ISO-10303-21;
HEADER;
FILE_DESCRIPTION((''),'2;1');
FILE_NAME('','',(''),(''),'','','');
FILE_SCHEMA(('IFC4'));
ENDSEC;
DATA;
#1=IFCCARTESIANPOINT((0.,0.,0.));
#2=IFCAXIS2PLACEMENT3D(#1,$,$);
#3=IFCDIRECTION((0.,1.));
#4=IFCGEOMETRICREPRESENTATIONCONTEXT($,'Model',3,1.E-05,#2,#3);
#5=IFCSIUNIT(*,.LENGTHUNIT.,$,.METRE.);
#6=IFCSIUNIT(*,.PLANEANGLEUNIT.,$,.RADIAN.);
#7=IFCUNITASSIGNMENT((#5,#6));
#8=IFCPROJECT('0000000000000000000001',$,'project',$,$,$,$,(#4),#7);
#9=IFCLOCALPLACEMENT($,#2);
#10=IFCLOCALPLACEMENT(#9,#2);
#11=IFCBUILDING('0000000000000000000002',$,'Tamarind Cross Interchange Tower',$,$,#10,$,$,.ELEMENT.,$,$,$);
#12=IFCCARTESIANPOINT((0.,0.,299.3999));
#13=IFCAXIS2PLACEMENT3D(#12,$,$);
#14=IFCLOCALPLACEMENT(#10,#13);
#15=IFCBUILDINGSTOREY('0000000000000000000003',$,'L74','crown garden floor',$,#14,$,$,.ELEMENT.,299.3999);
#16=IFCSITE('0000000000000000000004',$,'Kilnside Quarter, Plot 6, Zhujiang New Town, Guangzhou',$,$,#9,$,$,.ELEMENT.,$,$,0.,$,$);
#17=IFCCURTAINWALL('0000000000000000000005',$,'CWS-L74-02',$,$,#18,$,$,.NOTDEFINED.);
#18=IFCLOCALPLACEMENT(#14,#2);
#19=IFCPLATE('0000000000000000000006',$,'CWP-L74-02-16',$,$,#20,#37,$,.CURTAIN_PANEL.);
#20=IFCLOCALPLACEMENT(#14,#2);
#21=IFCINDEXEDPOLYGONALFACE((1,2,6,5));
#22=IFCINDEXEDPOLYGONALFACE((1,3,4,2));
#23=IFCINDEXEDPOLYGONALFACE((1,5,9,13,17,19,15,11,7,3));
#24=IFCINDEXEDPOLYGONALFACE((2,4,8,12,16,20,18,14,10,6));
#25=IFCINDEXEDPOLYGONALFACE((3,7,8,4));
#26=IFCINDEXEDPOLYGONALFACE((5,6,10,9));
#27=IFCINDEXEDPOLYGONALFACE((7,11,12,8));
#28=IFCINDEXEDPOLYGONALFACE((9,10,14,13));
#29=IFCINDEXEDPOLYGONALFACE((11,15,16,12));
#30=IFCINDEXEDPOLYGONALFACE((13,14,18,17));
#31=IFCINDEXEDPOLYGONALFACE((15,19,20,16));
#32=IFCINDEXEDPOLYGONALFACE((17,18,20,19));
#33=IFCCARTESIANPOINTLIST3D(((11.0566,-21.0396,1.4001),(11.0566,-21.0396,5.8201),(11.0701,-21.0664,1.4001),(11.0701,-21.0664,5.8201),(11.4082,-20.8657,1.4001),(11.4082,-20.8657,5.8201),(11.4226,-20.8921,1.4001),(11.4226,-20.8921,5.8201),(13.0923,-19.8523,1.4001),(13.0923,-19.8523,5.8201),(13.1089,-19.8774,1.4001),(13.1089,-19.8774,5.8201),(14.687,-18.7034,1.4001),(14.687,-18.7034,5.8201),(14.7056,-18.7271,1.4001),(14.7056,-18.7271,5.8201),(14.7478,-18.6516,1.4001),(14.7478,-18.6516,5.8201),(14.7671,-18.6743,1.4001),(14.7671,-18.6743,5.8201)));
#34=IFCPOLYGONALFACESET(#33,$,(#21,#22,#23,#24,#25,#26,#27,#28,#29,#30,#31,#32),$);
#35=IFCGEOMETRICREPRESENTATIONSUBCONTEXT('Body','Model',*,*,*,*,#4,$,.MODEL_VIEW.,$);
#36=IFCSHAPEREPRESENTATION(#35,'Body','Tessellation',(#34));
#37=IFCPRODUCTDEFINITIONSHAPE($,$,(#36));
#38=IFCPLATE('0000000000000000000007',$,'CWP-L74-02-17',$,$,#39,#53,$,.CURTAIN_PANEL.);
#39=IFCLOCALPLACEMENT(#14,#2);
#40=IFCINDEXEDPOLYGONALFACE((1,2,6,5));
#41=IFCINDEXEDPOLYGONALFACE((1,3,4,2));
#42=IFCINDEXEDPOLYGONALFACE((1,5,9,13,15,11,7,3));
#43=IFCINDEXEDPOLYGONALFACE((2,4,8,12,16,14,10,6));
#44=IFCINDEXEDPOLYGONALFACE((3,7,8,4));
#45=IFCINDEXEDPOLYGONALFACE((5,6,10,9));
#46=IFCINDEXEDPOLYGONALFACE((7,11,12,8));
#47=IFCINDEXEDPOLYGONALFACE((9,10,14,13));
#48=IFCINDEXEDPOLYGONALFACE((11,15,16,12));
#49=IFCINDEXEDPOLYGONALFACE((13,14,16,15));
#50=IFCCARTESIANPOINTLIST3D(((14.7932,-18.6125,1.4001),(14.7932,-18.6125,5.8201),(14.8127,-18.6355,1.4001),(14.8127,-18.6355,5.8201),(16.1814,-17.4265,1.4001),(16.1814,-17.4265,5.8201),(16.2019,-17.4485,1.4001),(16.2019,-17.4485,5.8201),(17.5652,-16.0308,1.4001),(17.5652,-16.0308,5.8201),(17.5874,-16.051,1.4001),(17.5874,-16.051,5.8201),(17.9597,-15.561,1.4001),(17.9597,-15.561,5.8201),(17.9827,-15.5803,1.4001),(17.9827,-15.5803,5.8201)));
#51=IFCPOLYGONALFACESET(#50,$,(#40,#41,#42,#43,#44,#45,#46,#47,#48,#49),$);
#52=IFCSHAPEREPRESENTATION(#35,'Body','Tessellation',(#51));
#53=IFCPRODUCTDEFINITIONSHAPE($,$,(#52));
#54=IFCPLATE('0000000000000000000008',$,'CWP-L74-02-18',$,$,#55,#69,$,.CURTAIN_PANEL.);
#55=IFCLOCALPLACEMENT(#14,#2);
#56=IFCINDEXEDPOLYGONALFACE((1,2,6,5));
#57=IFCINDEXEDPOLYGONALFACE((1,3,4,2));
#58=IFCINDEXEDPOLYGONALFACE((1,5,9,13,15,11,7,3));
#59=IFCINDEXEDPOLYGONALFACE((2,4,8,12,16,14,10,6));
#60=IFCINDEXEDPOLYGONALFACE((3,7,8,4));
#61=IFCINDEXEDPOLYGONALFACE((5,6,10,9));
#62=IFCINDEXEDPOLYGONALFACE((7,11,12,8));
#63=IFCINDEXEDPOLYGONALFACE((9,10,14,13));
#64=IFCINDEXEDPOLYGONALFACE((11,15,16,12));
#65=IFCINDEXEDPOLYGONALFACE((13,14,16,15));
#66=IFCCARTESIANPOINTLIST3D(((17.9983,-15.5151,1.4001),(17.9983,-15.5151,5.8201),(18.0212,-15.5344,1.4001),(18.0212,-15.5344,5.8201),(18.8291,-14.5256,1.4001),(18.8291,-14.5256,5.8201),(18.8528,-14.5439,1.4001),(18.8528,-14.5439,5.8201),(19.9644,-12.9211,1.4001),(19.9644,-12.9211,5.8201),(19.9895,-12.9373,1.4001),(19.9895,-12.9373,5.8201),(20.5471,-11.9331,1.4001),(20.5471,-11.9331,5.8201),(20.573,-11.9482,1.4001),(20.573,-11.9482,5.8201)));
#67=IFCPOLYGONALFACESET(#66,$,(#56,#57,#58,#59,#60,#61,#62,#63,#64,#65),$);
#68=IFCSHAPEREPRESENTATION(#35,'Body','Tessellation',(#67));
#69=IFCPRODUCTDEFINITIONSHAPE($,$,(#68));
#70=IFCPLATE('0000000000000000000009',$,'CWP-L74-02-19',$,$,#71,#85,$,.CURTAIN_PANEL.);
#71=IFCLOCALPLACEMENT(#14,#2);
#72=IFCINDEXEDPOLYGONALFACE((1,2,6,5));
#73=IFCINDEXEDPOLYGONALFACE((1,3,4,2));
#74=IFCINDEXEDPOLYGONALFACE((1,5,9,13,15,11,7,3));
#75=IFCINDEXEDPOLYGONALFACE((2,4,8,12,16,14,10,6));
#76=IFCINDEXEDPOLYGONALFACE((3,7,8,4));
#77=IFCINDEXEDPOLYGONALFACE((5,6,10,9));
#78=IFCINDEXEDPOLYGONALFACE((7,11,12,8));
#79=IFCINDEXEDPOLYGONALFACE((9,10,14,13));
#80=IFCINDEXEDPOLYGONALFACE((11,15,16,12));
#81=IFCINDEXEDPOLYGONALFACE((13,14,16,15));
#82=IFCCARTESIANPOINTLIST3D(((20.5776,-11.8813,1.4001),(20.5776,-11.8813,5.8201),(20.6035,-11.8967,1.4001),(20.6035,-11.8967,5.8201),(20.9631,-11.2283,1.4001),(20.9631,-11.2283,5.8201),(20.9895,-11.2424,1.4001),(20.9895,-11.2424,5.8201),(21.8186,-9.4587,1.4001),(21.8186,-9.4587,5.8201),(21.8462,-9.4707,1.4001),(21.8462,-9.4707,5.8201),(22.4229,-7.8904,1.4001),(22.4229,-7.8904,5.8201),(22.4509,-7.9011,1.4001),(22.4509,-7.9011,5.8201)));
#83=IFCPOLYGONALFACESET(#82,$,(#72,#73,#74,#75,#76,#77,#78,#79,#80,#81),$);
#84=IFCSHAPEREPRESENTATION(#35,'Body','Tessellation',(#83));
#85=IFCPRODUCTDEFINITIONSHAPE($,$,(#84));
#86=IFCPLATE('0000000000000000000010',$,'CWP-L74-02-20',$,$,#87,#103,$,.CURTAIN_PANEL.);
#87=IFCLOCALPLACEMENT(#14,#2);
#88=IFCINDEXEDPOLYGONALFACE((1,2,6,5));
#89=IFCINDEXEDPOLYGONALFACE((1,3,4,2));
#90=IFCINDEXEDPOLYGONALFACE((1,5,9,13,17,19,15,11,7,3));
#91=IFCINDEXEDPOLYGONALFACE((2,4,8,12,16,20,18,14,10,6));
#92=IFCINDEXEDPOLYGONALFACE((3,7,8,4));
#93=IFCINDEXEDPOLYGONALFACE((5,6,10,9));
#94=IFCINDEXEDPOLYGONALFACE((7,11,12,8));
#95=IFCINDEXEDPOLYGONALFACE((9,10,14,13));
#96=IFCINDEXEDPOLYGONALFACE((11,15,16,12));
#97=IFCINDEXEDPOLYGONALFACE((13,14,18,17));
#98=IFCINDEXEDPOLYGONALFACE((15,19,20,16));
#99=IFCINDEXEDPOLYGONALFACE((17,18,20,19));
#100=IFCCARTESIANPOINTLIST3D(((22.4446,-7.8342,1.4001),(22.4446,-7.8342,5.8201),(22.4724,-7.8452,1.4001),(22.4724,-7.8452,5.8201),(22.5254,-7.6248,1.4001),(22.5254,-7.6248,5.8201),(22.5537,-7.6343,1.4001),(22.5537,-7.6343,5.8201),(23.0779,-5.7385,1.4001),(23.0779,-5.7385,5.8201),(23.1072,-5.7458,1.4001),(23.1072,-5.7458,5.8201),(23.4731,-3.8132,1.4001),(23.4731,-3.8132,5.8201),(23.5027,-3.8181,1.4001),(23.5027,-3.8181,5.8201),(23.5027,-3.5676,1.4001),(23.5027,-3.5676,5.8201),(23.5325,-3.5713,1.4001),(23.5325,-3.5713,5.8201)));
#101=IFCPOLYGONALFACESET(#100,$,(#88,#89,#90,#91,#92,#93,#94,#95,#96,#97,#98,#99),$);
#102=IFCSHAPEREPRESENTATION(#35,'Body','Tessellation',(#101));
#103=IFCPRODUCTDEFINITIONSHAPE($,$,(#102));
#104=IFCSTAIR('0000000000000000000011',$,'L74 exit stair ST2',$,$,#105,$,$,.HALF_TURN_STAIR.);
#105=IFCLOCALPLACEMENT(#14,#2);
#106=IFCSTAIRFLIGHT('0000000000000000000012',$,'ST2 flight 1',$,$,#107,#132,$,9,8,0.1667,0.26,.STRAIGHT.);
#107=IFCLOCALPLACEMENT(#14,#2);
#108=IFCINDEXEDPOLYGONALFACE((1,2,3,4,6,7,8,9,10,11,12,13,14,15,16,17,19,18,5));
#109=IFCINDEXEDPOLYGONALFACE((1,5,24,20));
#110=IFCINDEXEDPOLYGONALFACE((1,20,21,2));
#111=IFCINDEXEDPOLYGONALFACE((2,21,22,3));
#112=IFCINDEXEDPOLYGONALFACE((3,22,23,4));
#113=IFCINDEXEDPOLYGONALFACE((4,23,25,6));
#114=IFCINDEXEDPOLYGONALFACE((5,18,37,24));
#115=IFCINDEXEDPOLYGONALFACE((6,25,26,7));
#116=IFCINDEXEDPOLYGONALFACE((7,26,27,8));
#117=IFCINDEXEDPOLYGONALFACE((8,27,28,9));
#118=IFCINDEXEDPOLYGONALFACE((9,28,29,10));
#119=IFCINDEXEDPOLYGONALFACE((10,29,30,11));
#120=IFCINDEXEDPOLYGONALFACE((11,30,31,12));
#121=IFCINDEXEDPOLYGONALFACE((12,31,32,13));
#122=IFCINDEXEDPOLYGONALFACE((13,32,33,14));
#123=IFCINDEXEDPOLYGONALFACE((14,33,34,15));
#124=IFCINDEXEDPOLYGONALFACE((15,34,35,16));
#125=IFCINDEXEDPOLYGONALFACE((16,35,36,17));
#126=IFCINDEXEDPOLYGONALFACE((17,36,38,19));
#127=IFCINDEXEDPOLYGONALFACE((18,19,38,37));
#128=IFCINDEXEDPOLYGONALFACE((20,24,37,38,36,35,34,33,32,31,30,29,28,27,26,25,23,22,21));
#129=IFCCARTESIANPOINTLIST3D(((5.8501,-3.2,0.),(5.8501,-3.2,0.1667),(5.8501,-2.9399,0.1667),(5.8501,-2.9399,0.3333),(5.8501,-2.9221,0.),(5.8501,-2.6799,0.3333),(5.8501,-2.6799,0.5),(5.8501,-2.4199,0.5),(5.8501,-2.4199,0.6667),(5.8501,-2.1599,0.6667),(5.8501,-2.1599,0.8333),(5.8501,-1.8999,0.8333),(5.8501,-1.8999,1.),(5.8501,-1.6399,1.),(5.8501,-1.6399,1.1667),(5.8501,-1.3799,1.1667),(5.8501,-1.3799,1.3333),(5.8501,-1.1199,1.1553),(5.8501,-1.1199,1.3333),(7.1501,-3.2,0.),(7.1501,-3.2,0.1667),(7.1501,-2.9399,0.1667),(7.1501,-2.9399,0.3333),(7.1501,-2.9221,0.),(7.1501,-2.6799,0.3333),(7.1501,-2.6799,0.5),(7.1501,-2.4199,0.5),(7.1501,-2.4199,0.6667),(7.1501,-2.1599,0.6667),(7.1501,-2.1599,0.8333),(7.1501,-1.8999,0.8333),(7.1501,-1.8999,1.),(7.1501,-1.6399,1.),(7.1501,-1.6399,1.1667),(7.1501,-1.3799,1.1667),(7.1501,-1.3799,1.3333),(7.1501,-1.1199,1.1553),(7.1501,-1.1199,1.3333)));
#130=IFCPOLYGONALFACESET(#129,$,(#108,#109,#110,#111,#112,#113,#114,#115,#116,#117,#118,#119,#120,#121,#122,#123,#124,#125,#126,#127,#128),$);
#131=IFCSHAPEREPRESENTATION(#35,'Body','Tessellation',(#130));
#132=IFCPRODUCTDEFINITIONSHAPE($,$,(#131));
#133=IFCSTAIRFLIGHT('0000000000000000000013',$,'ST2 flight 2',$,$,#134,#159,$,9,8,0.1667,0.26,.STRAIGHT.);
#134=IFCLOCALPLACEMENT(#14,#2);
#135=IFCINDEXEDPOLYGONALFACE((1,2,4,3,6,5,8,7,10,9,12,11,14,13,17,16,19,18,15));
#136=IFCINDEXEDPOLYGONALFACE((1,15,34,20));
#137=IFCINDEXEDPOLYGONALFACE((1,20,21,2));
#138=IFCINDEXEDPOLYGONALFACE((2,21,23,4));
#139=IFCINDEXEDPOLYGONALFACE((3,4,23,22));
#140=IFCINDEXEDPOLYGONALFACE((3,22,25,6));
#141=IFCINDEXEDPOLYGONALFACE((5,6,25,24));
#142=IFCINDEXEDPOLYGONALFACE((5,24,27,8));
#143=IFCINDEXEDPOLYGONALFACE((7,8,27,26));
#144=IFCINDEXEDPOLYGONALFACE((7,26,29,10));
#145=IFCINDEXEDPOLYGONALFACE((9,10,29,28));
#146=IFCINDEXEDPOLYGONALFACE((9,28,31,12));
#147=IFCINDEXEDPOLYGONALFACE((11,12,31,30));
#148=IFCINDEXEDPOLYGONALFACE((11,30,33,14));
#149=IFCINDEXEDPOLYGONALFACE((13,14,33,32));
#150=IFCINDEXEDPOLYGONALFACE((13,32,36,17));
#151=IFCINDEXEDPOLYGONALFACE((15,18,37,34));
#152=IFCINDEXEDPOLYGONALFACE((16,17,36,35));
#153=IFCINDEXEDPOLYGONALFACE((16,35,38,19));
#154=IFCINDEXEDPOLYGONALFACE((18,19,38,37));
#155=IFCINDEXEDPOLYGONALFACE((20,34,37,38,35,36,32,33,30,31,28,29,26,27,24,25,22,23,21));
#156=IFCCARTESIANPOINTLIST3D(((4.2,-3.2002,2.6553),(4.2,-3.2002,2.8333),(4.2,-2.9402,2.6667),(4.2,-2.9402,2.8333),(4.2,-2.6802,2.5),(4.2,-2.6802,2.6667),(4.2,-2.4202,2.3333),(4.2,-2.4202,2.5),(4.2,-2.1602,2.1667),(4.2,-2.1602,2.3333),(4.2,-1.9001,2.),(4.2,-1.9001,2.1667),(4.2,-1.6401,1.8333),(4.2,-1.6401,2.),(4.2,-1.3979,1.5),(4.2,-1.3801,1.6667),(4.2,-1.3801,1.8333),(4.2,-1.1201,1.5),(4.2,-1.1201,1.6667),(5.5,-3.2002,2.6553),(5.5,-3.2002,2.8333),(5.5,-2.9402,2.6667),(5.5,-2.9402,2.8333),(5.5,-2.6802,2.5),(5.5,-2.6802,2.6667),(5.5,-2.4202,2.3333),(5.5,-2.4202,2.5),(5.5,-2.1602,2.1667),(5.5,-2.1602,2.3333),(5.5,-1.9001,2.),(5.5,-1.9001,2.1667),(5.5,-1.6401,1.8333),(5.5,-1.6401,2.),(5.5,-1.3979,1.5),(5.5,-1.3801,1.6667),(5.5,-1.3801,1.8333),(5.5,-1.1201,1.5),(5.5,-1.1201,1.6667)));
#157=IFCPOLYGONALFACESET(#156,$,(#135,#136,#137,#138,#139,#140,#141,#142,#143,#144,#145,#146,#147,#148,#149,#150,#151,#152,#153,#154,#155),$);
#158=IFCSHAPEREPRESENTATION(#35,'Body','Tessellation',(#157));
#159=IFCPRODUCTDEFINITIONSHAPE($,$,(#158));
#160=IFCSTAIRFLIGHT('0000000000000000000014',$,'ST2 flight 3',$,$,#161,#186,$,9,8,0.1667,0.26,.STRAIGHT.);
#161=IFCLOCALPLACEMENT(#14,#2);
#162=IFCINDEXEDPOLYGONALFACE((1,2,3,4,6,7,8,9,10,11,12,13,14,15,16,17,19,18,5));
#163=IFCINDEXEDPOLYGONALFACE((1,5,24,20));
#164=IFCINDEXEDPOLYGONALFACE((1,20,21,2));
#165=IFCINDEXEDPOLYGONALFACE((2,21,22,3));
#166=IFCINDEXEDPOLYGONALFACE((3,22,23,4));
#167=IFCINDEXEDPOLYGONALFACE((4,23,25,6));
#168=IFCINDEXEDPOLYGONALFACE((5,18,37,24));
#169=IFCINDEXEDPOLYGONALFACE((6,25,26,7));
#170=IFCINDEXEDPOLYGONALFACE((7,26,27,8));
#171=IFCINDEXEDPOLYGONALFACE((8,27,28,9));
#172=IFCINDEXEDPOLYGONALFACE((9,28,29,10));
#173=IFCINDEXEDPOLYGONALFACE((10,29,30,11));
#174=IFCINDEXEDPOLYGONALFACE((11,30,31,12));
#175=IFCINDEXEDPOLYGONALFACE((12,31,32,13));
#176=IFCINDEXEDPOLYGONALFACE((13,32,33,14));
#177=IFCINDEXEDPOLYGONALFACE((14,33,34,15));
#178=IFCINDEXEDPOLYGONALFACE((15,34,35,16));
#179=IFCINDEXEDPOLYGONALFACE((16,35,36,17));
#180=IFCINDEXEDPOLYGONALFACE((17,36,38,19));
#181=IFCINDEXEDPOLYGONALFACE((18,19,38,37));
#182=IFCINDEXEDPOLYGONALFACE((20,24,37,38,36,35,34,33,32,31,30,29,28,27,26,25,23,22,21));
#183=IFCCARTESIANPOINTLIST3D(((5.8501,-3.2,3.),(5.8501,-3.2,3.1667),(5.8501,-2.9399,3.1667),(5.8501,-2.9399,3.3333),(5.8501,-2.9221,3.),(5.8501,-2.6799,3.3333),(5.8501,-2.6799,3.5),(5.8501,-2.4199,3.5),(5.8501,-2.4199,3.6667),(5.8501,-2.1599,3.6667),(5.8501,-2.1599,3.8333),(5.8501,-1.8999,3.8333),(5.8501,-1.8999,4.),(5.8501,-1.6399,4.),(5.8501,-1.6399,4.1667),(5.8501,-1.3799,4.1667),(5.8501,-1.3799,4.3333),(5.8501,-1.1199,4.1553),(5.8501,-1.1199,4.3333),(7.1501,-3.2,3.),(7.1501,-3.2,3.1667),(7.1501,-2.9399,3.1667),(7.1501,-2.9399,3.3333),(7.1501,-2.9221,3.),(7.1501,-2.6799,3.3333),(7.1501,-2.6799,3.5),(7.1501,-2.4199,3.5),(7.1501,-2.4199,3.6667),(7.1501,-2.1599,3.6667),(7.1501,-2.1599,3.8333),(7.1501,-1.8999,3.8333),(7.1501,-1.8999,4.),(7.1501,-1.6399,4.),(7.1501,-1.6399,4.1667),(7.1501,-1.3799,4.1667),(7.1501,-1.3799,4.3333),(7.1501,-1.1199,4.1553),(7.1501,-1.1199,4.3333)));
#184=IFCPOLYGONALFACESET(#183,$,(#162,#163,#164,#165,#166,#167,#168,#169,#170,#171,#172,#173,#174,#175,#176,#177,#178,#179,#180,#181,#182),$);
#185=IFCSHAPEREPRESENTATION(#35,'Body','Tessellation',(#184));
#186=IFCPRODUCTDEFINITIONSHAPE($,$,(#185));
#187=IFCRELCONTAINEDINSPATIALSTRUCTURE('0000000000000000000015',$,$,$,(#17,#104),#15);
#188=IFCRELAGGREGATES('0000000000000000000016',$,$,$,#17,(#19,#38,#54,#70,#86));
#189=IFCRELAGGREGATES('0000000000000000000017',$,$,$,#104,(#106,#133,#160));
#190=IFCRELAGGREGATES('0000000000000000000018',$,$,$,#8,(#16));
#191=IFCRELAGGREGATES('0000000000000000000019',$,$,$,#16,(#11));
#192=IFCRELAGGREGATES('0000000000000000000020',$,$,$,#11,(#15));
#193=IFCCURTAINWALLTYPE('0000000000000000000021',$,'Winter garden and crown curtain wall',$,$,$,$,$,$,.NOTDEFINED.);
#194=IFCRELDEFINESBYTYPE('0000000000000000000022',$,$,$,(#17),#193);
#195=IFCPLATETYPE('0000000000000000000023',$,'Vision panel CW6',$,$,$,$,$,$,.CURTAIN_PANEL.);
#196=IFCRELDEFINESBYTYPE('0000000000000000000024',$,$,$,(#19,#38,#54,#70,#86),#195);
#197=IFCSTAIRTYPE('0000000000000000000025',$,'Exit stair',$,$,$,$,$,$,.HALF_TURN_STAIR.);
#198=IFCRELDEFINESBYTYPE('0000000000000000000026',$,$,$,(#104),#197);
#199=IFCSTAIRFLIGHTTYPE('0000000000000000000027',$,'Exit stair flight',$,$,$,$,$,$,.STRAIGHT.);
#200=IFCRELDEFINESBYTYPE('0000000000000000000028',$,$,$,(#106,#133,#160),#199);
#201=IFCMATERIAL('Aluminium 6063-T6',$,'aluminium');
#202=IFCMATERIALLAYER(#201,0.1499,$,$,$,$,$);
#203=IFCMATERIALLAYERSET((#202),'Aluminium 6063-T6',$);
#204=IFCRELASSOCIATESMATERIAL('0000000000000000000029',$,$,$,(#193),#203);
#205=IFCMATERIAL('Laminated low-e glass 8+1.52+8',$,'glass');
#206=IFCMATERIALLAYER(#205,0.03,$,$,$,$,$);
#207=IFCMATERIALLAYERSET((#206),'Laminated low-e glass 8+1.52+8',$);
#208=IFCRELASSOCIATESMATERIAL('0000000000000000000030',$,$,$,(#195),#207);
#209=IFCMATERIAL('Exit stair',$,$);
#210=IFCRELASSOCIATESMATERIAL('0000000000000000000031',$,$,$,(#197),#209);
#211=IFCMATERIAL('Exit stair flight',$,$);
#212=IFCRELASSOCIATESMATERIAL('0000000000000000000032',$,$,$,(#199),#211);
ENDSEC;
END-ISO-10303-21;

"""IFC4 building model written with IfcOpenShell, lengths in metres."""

from ifc_helpers import new_model, si_unit, direction, frame, origin, place, context, subcontext, project, spatial, polyline, outline, extrude, material, layer, layer_set, type_object, element, aggregate, save


model = new_model("IFC4")

# Units and contexts
model_context = context("Model", 3, precision=1e-05, world=origin(), true_north=direction((0.0, 1.0)))
body_context = subcontext(model_context, "Body", "Model", "MODEL_VIEW")
ifc_project = project(units=[si_unit("LENGTHUNIT", "METRE"), si_unit("PLANEANGLEUNIT", "RADIAN")], contexts=[model_context])

# Site, building, storey
site_placement = place(None, origin())
site = spatial("IfcSite", under=ifc_project, at=site_placement, Name="Kilnside Quarter, Plot 6, Zhujiang New Town, Guangzhou", CompositionType="ELEMENT", RefElevation=0.0)
building_placement = place(site_placement, origin())
building = spatial("IfcBuilding", under=site, at=building_placement, Name="Tamarind Cross Interchange Tower", CompositionType="ELEMENT")
storey_placement = place(building_placement, frame((0.0, 0.0, 299.3999)))
storey = spatial("IfcBuildingStorey", under=building, at=storey_placement, Name="L74", Description="crown garden floor", CompositionType="ELEMENT", Elevation=299.3999)

# Curtain wall, plates
ifc_material_1 = material(Name="Aluminium 6063-T6", Category="aluminium")
ifc_layer_1 = layer(ifc_material_1, 0.1499)
ifc_layer_set_1 = layer_set([ifc_layer_1], Name="Aluminium 6063-T6")
curtain_wall_type = type_object("IfcCurtainWallType", Name="Winter garden and crown curtain wall", PredefinedType="NOTDEFINED", material=ifc_layer_set_1)
curtain_wall_placement = place(storey_placement, origin())
curtain_wall = element("IfcCurtainWall", 1, at=curtain_wall_placement, inside=storey, type_object=curtain_wall_type, Name="CWS-L74-02", PredefinedType="NOTDEFINED")
ifc_material_2 = material(Name="Laminated low-e glass 8+1.52+8", Category="glass")
ifc_layer_2 = layer(ifc_material_2, 0.03)
ifc_layer_set_2 = layer_set([ifc_layer_2], Name="Laminated low-e glass 8+1.52+8")
plate_type = type_object("IfcPlateType", Name="Vision panel CW6", PredefinedType="CURTAIN_PANEL", material=ifc_layer_set_2)
plate_1_placement = place(storey_placement, frame((0.0, 0.0, 1.4001)))
plate_1 = element("IfcPlate", 2, at=plate_1_placement, type_object=plate_type, Name="CWP-L74-02-16", PredefinedType="CURTAIN_PANEL", context=body_context, shape_type="SweptSolid", body=[
    extrude(outline(polyline([(11.0566, -21.0396), (11.4082, -20.8657), (13.0923, -19.8523), (14.687, -18.7034), (14.7478, -18.6516), (14.7671, -18.6743), (14.7056, -18.7271), (13.1089, -19.8774), (11.4226, -20.8921), (11.0701, -21.0664), (11.0566, -21.0396)])), origin(), (0.0, 0.0, 1.0), 4.4199),
])
plate_2_placement = place(storey_placement, frame((0.0, 0.0, 1.4001)))
plate_2 = element("IfcPlate", 3, at=plate_2_placement, type_object=plate_type, Name="CWP-L74-02-17", PredefinedType="CURTAIN_PANEL", context=body_context, shape_type="SweptSolid", body=[
    extrude(outline(polyline([(14.7932, -18.6125), (16.1814, -17.4265), (17.5652, -16.0308), (17.9597, -15.561), (17.9827, -15.5803), (17.5874, -16.051), (16.2019, -17.4485), (14.8127, -18.6355), (14.7932, -18.6125)])), origin(), (0.0, 0.0, 1.0), 4.4199),
])
plate_3_placement = place(storey_placement, frame((0.0, 0.0, 1.4001)))
plate_3 = element("IfcPlate", 4, at=plate_3_placement, type_object=plate_type, Name="CWP-L74-02-18", PredefinedType="CURTAIN_PANEL", context=body_context, shape_type="SweptSolid", body=[
    extrude(outline(polyline([(17.9983, -15.5151), (18.8291, -14.5256), (19.9644, -12.9211), (20.5471, -11.9331), (20.573, -11.9482), (19.9895, -12.9373), (18.8528, -14.5439), (18.0212, -15.5344), (17.9983, -15.5151)])), origin(), (0.0, 0.0, 1.0), 4.4199),
])
plate_4_placement = place(storey_placement, frame((0.0, 0.0, 1.4001)))
plate_4 = element("IfcPlate", 5, at=plate_4_placement, type_object=plate_type, Name="CWP-L74-02-19", PredefinedType="CURTAIN_PANEL", context=body_context, shape_type="SweptSolid", body=[
    extrude(outline(polyline([(20.5776, -11.8813), (20.9631, -11.2283), (21.8186, -9.4587), (22.4229, -7.8904), (22.4509, -7.9011), (21.8462, -9.4707), (20.9895, -11.2424), (20.6035, -11.8967), (20.5776, -11.8813)])), origin(), (0.0, 0.0, 1.0), 4.4199),
])
plate_5_placement = place(storey_placement, frame((0.0, 0.0, 1.4001)))
plate_5 = element("IfcPlate", 6, at=plate_5_placement, type_object=plate_type, Name="CWP-L74-02-20", PredefinedType="CURTAIN_PANEL", context=body_context, shape_type="SweptSolid", body=[
    extrude(outline(polyline([(22.4446, -7.8342), (22.5254, -7.6248), (23.0779, -5.7385), (23.4731, -3.8132), (23.5027, -3.5676), (23.5325, -3.5713), (23.5027, -3.8181), (23.1072, -5.7458), (22.5537, -7.6343), (22.4724, -7.8452), (22.4446, -7.8342)])), origin(), (0.0, 0.0, 1.0), 4.4199),
])
aggregate(curtain_wall, [plate_1, plate_2, plate_3, plate_4, plate_5])

# Stair, stair flights
ifc_material_3 = material(Name="Exit stair")
stair_type = type_object("IfcStairType", Name="Exit stair", PredefinedType="HALF_TURN_STAIR", material=ifc_material_3)
stair_placement = place(storey_placement, origin())
stair = element("IfcStair", 7, at=stair_placement, inside=storey, type_object=stair_type, Name="L74 exit stair ST2", PredefinedType="HALF_TURN_STAIR")
ifc_material_4 = material(Name="Exit stair flight")
stair_flight_type = type_object("IfcStairFlightType", Name="Exit stair flight", PredefinedType="STRAIGHT", material=ifc_material_4)
stair_flight_1_placement = place(storey_placement, frame((6.5, -3.2, 0.0), z_axis=(0.0, 0.0, 1.0), x_axis=(0.0, 1.0, 0.0)))
stair_flight_1 = element("IfcStairFlight", 8, at=stair_flight_1_placement, type_object=stair_flight_type, Name="ST2 flight 1", NumberOfRisers=9, NumberOfTreads=8, PredefinedType="STRAIGHT", RiserHeight=0.1667, TreadLength=0.26, context=body_context, shape_type="SweptSolid", body=[
    extrude(outline(polyline([(0.0, 0.0), (0.0, 0.1667), (0.26, 0.1667), (0.26, 0.3333), (0.52, 0.3333), (0.52, 0.5), (0.78, 0.5), (0.78, 0.6667), (1.04, 0.6667), (1.04, 0.8333), (1.3, 0.8333), (1.3, 1.0), (1.5601, 1.0), (1.5601, 1.1667), (1.8201, 1.1667), (1.8201, 1.3333), (2.0801, 1.3333), (2.0801, 1.5), (2.0801, 1.1553), (0.2778, 0.0), (0.0, 0.0)])), frame((0.0, 0.6499, 0.0), z_axis=(0.0, -1.0, 0.0), x_axis=(1.0, 0.0, 0.0)), (0.0, 0.0, 1.0), 1.3),
])
stair_flight_2_placement = place(storey_placement, frame((4.8501, -1.1201, 1.5), z_axis=(0.0, 0.0, 1.0), x_axis=(0.0, -1.0, 0.0)))
stair_flight_2 = element("IfcStairFlight", 9, at=stair_flight_2_placement, type_object=stair_flight_type, Name="ST2 flight 2", NumberOfRisers=9, NumberOfTreads=8, PredefinedType="STRAIGHT", RiserHeight=0.1667, TreadLength=0.26, context=body_context, shape_type="SweptSolid", body=[
    extrude(outline(polyline([(0.0, 0.0), (0.0, 0.1667), (0.26, 0.1667), (0.26, 0.3333), (0.52, 0.3333), (0.52, 0.5), (0.78, 0.5), (0.78, 0.6667), (1.04, 0.6667), (1.04, 0.8333), (1.3, 0.8333), (1.3, 1.0), (1.5601, 1.0), (1.5601, 1.1667), (1.8201, 1.1667), (1.8201, 1.3333), (2.0801, 1.3333), (2.0801, 1.5), (2.0801, 1.1553), (0.2778, 0.0), (0.0, 0.0)])), frame((0.0, 0.6499, 0.0), z_axis=(0.0, -1.0, 0.0), x_axis=(1.0, 0.0, 0.0)), (0.0, 0.0, 1.0), 1.3),
])
stair_flight_3_placement = place(storey_placement, frame((6.5, -3.2, 3.0), z_axis=(0.0, 0.0, 1.0), x_axis=(0.0, 1.0, 0.0)))
stair_flight_3 = element("IfcStairFlight", 10, at=stair_flight_3_placement, type_object=stair_flight_type, Name="ST2 flight 3", NumberOfRisers=9, NumberOfTreads=8, PredefinedType="STRAIGHT", RiserHeight=0.1667, TreadLength=0.26, context=body_context, shape_type="SweptSolid", body=[
    extrude(outline(polyline([(0.0, 0.0), (0.0, 0.1667), (0.26, 0.1667), (0.26, 0.3333), (0.52, 0.3333), (0.52, 0.5), (0.78, 0.5), (0.78, 0.6667), (1.04, 0.6667), (1.04, 0.8333), (1.3, 0.8333), (1.3, 1.0), (1.5601, 1.0), (1.5601, 1.1667), (1.8201, 1.1667), (1.8201, 1.3333), (2.0801, 1.3333), (2.0801, 1.5), (2.0801, 1.1553), (0.2778, 0.0), (0.0, 0.0)])), frame((0.0, 0.6499, 0.0), z_axis=(0.0, -1.0, 0.0), x_axis=(1.0, 0.0, 0.0)), (0.0, 0.0, 1.0), 1.3),
])
aggregate(stair, [stair_flight_1, stair_flight_2, stair_flight_3])

save(model, "model.ifc")
